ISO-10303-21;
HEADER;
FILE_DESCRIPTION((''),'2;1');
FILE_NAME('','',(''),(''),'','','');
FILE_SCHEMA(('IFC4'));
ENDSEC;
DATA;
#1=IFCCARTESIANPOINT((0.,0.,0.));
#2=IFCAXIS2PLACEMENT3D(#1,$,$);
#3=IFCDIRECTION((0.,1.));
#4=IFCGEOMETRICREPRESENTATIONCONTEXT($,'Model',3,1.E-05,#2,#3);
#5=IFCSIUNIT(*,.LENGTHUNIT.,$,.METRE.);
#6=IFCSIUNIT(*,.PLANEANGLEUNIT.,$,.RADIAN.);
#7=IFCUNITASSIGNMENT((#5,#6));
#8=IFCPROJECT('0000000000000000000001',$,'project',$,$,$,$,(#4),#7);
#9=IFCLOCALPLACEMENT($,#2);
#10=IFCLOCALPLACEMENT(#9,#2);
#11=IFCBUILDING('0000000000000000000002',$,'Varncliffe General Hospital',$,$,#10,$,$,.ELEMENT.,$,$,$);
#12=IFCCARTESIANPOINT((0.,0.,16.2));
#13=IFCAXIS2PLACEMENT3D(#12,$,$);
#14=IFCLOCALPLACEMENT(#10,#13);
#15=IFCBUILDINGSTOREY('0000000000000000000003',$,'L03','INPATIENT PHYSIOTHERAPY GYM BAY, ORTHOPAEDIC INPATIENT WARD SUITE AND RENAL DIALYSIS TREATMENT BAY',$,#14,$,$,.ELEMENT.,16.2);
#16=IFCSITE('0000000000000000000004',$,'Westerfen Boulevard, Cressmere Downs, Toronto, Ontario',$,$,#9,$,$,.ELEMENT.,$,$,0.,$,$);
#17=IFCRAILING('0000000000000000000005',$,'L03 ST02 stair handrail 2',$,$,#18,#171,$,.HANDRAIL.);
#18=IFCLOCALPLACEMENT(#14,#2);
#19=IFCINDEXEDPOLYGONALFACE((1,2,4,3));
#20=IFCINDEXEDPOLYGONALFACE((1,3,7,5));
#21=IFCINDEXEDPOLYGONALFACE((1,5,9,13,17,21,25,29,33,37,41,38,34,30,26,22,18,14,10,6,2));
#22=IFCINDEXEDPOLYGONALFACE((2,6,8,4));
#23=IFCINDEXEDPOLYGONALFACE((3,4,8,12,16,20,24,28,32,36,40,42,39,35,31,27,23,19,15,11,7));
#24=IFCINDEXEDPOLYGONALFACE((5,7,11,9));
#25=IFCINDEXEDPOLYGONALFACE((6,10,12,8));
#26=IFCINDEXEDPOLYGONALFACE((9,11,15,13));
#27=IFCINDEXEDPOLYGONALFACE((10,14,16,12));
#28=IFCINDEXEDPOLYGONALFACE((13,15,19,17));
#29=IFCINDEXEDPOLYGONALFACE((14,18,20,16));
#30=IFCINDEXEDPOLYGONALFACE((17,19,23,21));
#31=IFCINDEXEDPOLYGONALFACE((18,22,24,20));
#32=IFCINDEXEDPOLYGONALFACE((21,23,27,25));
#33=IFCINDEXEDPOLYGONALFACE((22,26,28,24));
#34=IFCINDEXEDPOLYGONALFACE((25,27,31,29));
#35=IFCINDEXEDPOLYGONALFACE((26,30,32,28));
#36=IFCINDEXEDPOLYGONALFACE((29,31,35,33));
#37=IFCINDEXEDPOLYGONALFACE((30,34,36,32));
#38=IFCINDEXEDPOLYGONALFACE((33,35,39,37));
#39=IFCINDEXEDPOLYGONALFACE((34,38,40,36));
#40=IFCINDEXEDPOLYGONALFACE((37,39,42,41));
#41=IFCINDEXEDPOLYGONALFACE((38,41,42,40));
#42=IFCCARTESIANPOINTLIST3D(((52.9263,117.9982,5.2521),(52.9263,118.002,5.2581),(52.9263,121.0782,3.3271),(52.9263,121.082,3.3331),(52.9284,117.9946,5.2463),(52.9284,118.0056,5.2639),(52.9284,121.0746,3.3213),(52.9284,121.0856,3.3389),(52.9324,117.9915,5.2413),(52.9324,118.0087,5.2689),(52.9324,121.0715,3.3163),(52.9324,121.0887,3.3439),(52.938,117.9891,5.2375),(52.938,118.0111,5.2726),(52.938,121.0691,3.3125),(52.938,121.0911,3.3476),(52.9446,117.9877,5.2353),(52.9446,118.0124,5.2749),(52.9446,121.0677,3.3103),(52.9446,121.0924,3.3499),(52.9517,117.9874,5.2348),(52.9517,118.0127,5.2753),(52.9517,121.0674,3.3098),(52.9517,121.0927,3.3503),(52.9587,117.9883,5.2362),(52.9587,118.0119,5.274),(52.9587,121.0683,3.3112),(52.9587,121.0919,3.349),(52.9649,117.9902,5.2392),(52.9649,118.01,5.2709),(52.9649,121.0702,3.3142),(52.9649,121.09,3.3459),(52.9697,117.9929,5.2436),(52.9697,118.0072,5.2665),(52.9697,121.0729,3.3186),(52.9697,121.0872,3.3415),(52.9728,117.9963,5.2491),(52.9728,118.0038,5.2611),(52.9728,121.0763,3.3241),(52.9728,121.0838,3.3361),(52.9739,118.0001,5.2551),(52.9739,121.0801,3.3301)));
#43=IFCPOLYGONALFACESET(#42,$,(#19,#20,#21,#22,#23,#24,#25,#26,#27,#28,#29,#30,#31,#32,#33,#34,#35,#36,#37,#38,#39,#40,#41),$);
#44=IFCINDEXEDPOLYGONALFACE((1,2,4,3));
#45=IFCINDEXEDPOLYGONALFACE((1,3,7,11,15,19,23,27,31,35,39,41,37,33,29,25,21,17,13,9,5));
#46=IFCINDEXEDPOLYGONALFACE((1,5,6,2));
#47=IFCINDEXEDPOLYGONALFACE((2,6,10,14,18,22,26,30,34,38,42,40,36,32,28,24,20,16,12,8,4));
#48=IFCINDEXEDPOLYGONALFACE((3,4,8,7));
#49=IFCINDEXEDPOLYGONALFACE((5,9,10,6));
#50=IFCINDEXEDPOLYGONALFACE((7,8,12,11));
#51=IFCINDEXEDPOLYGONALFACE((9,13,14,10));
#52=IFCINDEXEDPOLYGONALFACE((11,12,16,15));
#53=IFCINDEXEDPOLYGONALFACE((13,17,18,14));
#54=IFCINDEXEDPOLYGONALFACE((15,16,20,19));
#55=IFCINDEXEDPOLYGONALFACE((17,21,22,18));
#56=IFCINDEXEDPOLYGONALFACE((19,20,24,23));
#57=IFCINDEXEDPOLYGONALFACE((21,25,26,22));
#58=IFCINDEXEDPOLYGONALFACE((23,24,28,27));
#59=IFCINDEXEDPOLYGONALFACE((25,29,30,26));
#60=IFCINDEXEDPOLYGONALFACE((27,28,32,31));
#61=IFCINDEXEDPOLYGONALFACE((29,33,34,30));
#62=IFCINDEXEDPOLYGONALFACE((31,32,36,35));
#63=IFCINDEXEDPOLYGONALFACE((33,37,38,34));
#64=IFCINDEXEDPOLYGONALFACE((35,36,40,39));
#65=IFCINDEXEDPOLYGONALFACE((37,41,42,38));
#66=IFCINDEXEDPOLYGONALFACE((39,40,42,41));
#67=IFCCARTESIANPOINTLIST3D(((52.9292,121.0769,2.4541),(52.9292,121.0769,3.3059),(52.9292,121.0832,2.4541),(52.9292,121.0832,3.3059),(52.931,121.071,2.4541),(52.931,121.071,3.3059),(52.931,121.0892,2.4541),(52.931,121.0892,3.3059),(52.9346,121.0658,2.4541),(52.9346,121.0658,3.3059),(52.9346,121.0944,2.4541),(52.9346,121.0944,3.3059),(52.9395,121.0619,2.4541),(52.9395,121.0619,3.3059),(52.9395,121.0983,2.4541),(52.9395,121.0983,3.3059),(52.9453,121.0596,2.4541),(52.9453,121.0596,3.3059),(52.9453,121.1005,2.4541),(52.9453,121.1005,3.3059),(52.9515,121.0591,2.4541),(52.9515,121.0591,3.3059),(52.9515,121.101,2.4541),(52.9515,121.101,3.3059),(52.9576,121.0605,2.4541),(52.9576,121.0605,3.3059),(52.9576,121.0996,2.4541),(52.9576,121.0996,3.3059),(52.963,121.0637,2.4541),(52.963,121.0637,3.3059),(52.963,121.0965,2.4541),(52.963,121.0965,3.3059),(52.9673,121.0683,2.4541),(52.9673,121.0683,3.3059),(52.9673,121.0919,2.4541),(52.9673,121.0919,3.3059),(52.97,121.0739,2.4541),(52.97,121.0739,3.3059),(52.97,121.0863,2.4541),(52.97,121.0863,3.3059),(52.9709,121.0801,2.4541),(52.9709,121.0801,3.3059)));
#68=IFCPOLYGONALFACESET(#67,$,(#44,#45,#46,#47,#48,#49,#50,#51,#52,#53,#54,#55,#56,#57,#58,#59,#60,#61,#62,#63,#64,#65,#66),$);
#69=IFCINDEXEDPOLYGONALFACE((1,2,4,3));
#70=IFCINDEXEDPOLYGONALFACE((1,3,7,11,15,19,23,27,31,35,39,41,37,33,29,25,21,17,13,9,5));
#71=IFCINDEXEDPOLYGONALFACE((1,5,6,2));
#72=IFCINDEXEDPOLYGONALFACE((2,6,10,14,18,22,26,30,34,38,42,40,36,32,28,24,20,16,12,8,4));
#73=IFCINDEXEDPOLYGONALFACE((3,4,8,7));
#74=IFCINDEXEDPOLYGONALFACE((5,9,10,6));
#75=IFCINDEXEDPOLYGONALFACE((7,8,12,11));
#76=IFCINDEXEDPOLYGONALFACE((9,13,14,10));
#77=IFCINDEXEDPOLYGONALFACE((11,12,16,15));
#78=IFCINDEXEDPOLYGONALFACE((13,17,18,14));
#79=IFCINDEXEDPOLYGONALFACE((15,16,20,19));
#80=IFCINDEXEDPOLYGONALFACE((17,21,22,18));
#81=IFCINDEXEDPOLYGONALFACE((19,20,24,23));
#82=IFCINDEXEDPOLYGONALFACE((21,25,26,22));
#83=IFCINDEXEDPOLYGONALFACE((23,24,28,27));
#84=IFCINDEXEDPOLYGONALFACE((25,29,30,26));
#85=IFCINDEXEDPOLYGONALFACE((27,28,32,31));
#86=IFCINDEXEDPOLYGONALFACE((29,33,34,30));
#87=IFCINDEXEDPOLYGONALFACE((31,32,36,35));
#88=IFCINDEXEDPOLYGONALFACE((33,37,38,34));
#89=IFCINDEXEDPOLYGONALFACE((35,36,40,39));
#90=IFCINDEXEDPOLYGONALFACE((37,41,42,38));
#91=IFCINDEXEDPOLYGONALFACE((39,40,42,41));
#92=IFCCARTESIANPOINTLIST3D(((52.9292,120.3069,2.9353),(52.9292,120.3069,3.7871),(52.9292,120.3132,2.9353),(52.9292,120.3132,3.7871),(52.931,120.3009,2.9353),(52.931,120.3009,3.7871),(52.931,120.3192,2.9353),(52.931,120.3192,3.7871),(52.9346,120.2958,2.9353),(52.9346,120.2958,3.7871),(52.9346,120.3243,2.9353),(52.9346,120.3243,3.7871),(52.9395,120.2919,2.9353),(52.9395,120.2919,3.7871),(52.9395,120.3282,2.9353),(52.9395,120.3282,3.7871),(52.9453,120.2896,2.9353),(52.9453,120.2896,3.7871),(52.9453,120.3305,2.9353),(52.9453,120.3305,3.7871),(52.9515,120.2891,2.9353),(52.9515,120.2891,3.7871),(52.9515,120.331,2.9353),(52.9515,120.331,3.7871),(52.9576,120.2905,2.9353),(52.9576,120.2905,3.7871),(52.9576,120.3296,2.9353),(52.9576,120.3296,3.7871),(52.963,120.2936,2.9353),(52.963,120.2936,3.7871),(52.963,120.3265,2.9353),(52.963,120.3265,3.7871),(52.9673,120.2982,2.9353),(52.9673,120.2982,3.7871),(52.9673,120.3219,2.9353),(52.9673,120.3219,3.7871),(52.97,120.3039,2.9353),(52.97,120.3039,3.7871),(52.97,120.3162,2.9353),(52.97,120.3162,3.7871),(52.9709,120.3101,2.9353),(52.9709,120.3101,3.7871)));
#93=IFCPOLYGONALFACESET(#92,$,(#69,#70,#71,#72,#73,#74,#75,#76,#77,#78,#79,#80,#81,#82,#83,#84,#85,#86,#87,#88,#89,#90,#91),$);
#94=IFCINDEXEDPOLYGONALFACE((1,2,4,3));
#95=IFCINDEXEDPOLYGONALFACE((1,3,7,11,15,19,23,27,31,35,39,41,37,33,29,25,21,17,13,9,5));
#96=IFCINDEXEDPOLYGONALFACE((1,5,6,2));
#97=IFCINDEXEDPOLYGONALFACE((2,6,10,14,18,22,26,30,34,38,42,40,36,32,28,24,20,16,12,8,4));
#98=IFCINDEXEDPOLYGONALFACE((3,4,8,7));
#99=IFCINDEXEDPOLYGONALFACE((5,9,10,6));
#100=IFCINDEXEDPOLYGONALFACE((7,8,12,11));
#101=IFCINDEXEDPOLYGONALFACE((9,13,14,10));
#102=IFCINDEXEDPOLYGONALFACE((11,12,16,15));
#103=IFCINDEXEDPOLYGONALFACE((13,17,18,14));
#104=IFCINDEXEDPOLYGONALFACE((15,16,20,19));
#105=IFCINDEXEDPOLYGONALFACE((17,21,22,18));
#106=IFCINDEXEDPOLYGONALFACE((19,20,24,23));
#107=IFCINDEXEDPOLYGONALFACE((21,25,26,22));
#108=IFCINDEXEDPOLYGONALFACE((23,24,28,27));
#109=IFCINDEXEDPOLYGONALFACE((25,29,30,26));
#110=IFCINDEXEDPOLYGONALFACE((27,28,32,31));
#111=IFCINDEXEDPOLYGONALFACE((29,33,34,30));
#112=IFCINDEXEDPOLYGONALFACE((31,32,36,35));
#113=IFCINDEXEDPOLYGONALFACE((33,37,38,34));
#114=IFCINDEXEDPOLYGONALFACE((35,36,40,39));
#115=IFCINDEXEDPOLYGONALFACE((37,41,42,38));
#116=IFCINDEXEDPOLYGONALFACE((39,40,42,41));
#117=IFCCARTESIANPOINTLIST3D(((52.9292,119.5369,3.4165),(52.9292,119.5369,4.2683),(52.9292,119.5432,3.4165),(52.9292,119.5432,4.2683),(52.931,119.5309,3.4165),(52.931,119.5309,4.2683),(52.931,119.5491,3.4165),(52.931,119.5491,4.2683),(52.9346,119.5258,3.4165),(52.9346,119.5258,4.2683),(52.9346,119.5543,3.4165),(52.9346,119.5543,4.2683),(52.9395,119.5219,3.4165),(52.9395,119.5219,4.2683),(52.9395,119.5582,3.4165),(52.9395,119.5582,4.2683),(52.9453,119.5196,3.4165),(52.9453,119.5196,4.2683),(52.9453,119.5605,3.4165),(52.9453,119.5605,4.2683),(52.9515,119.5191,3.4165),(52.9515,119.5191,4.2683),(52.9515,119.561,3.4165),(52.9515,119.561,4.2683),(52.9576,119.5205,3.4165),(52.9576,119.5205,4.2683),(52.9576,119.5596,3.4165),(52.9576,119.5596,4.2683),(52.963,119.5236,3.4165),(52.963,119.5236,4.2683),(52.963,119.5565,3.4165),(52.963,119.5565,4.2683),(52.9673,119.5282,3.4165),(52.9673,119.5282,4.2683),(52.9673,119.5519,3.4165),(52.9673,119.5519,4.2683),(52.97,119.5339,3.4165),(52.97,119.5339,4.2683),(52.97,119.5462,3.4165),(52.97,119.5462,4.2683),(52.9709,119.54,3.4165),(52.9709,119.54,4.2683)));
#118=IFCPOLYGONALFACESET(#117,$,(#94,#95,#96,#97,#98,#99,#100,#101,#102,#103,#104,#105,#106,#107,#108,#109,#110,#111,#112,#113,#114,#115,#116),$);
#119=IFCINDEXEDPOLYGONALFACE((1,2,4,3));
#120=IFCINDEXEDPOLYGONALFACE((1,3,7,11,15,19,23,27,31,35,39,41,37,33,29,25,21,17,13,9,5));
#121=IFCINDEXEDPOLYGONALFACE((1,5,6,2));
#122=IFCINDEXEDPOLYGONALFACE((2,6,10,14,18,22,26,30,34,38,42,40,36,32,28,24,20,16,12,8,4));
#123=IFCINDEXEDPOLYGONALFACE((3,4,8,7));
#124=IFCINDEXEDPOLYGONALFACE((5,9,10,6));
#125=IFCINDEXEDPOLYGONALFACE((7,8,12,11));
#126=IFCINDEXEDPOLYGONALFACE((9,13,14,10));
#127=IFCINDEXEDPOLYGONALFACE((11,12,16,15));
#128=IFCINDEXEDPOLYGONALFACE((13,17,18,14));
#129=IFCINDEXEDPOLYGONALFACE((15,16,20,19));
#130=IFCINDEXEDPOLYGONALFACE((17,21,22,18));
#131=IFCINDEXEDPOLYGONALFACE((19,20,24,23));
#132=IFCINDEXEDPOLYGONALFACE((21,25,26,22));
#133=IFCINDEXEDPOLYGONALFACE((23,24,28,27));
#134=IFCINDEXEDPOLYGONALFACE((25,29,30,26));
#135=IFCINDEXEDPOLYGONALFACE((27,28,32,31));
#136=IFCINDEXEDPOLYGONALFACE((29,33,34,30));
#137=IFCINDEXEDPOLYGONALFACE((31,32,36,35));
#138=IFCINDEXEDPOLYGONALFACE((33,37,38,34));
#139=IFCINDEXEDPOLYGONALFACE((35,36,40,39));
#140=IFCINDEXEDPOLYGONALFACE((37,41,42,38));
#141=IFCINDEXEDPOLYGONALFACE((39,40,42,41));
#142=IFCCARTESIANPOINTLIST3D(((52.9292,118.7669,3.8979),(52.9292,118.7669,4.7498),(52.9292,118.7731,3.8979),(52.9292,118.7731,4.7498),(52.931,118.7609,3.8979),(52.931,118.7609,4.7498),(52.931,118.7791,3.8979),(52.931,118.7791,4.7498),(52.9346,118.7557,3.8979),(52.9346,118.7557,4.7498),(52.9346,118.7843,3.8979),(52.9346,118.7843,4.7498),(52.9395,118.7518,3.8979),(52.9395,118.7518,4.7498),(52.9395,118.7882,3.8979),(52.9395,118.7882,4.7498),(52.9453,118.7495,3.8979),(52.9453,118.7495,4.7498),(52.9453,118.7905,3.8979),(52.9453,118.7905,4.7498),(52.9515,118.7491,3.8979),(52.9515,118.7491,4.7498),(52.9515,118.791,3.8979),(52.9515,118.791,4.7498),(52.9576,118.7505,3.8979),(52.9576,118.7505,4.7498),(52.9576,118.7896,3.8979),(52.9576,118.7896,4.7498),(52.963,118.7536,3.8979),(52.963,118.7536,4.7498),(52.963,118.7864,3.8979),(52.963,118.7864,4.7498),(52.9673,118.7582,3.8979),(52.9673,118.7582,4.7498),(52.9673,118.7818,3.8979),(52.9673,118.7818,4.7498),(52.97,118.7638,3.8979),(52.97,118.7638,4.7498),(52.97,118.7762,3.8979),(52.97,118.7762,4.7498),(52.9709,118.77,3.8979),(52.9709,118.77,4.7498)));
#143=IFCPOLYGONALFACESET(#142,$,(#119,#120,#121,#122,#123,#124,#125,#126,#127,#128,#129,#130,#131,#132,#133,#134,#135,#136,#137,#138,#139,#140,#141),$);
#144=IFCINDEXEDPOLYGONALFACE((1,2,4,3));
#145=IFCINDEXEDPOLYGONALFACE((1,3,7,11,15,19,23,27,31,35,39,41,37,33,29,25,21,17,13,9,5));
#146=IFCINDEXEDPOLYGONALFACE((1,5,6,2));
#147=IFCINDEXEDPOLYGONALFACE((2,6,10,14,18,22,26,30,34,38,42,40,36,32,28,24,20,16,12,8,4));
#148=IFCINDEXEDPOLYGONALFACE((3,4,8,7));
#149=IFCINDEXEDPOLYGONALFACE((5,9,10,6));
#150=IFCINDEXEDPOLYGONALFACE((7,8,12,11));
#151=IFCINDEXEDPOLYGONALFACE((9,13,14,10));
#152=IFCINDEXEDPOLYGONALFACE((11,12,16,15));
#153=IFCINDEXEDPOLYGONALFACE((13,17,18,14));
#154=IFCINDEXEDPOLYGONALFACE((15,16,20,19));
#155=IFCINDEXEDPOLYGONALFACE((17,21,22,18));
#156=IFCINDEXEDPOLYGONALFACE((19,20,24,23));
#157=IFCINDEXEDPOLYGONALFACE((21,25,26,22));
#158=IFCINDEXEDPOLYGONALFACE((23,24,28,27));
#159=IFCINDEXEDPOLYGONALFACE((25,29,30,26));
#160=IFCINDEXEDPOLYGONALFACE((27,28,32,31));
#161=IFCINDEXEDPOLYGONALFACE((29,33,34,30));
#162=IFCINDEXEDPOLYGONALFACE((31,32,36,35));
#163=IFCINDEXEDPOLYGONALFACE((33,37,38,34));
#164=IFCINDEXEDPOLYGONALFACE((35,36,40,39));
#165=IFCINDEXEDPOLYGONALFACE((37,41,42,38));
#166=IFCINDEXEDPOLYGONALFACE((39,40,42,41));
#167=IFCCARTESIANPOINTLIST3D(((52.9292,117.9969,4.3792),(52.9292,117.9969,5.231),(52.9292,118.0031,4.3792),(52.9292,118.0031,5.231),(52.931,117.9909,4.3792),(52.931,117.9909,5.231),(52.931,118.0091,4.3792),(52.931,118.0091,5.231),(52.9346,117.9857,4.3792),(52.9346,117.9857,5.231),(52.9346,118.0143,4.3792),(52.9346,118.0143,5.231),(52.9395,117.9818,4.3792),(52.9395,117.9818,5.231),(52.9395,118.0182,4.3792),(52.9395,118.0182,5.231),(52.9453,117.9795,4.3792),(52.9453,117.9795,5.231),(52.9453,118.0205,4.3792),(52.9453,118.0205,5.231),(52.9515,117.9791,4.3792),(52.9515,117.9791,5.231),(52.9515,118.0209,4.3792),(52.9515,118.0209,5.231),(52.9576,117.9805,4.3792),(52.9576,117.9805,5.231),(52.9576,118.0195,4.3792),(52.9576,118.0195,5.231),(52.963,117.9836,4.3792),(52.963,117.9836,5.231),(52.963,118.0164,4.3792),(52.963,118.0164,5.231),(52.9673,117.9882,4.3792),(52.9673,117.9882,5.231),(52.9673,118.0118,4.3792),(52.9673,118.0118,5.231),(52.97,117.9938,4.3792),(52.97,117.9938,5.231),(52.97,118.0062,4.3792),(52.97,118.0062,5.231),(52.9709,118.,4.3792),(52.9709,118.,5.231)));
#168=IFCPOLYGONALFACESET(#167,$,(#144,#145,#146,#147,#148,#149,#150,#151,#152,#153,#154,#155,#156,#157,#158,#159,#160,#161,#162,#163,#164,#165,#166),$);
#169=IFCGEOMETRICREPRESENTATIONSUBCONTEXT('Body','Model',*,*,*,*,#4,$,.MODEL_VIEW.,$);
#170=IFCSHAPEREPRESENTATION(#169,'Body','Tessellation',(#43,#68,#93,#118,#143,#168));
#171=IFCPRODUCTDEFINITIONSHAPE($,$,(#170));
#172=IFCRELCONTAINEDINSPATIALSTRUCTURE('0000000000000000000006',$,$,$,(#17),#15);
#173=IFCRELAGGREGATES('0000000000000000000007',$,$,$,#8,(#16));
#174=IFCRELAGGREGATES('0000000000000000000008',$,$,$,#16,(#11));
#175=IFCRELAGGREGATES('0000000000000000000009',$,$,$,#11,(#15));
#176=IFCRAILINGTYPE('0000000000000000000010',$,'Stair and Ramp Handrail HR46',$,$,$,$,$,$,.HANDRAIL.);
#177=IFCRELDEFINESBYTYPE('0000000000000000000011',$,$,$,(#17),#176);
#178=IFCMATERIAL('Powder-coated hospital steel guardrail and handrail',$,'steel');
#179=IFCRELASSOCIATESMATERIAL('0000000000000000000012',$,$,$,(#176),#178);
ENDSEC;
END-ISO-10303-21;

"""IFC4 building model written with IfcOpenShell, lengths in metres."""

from ifc_helpers import new_model, si_unit, direction, frame, origin, origin_2d, place, context, subcontext, project, spatial, circle, extrude, material, type_object, element, save


model = new_model("IFC4")

# Units and contexts
model_context = context("Model", 3, precision=1e-05, world=origin(), true_north=direction((0.0, 1.0)))
body_context = subcontext(model_context, "Body", "Model", "MODEL_VIEW")
ifc_project = project(units=[si_unit("LENGTHUNIT", "METRE"), si_unit("PLANEANGLEUNIT", "RADIAN")], contexts=[model_context])

# Site, building, storey
site_placement = place(None, origin())
site = spatial("IfcSite", under=ifc_project, at=site_placement, Name="Westerfen Boulevard, Cressmere Downs, Toronto, Ontario", CompositionType="ELEMENT", RefElevation=0.0)
building_placement = place(site_placement, origin())
building = spatial("IfcBuilding", under=site, at=building_placement, Name="Varncliffe General Hospital", CompositionType="ELEMENT")
storey_placement = place(building_placement, frame((0.0, 0.0, 16.2)))
storey = spatial("IfcBuildingStorey", under=building, at=storey_placement, Name="L03", Description="INPATIENT PHYSIOTHERAPY GYM BAY, ORTHOPAEDIC INPATIENT WARD SUITE AND RENAL DIALYSIS TREATMENT BAY", CompositionType="ELEMENT", Elevation=16.2)

# Railing
ifc_material_1 = material(Name="Powder-coated hospital steel guardrail and handrail", Category="steel")
railing_type_1 = type_object("IfcRailingType", Name="Stair and Ramp Handrail HR46", PredefinedType="HANDRAIL", material=ifc_material_1)
railing_1_placement = place(storey_placement, frame((52.95, 121.0801, 2.4541)))
element("IfcRailing", 1, at=railing_1_placement, inside=storey, type_object=railing_type_1, Name="L03 ST02 stair handrail 2", PredefinedType="HANDRAIL", context=body_context, shape_type="SweptSolid", body=[
    extrude(circle(Radius=0.0239, at=origin_2d()), frame((0.0, 0.0, 0.876), z_axis=(0.0, -0.847998, 0.529999), x_axis=(1.0, 0.0, 0.0)), (0.0, 0.0, 1.0), 3.6321),
    extrude(circle(Radius=0.021, at=origin_2d()), origin(), (0.0, 0.0, 1.0), 0.8518),
    extrude(circle(Radius=0.021, at=origin_2d()), frame((0.0, -0.77, 0.4812)), (0.0, 0.0, 1.0), 0.8518),
    extrude(circle(Radius=0.021, at=origin_2d()), frame((0.0, -1.54, 0.9624)), (0.0, 0.0, 1.0), 0.8518),
    extrude(circle(Radius=0.021, at=origin_2d()), frame((0.0, -2.3101, 1.4438)), (0.0, 0.0, 1.0), 0.8518),
    extrude(circle(Radius=0.021, at=origin_2d()), frame((0.0, -3.0801, 1.925)), (0.0, 0.0, 1.0), 0.8518),
])

save(model, "model.ifc")
